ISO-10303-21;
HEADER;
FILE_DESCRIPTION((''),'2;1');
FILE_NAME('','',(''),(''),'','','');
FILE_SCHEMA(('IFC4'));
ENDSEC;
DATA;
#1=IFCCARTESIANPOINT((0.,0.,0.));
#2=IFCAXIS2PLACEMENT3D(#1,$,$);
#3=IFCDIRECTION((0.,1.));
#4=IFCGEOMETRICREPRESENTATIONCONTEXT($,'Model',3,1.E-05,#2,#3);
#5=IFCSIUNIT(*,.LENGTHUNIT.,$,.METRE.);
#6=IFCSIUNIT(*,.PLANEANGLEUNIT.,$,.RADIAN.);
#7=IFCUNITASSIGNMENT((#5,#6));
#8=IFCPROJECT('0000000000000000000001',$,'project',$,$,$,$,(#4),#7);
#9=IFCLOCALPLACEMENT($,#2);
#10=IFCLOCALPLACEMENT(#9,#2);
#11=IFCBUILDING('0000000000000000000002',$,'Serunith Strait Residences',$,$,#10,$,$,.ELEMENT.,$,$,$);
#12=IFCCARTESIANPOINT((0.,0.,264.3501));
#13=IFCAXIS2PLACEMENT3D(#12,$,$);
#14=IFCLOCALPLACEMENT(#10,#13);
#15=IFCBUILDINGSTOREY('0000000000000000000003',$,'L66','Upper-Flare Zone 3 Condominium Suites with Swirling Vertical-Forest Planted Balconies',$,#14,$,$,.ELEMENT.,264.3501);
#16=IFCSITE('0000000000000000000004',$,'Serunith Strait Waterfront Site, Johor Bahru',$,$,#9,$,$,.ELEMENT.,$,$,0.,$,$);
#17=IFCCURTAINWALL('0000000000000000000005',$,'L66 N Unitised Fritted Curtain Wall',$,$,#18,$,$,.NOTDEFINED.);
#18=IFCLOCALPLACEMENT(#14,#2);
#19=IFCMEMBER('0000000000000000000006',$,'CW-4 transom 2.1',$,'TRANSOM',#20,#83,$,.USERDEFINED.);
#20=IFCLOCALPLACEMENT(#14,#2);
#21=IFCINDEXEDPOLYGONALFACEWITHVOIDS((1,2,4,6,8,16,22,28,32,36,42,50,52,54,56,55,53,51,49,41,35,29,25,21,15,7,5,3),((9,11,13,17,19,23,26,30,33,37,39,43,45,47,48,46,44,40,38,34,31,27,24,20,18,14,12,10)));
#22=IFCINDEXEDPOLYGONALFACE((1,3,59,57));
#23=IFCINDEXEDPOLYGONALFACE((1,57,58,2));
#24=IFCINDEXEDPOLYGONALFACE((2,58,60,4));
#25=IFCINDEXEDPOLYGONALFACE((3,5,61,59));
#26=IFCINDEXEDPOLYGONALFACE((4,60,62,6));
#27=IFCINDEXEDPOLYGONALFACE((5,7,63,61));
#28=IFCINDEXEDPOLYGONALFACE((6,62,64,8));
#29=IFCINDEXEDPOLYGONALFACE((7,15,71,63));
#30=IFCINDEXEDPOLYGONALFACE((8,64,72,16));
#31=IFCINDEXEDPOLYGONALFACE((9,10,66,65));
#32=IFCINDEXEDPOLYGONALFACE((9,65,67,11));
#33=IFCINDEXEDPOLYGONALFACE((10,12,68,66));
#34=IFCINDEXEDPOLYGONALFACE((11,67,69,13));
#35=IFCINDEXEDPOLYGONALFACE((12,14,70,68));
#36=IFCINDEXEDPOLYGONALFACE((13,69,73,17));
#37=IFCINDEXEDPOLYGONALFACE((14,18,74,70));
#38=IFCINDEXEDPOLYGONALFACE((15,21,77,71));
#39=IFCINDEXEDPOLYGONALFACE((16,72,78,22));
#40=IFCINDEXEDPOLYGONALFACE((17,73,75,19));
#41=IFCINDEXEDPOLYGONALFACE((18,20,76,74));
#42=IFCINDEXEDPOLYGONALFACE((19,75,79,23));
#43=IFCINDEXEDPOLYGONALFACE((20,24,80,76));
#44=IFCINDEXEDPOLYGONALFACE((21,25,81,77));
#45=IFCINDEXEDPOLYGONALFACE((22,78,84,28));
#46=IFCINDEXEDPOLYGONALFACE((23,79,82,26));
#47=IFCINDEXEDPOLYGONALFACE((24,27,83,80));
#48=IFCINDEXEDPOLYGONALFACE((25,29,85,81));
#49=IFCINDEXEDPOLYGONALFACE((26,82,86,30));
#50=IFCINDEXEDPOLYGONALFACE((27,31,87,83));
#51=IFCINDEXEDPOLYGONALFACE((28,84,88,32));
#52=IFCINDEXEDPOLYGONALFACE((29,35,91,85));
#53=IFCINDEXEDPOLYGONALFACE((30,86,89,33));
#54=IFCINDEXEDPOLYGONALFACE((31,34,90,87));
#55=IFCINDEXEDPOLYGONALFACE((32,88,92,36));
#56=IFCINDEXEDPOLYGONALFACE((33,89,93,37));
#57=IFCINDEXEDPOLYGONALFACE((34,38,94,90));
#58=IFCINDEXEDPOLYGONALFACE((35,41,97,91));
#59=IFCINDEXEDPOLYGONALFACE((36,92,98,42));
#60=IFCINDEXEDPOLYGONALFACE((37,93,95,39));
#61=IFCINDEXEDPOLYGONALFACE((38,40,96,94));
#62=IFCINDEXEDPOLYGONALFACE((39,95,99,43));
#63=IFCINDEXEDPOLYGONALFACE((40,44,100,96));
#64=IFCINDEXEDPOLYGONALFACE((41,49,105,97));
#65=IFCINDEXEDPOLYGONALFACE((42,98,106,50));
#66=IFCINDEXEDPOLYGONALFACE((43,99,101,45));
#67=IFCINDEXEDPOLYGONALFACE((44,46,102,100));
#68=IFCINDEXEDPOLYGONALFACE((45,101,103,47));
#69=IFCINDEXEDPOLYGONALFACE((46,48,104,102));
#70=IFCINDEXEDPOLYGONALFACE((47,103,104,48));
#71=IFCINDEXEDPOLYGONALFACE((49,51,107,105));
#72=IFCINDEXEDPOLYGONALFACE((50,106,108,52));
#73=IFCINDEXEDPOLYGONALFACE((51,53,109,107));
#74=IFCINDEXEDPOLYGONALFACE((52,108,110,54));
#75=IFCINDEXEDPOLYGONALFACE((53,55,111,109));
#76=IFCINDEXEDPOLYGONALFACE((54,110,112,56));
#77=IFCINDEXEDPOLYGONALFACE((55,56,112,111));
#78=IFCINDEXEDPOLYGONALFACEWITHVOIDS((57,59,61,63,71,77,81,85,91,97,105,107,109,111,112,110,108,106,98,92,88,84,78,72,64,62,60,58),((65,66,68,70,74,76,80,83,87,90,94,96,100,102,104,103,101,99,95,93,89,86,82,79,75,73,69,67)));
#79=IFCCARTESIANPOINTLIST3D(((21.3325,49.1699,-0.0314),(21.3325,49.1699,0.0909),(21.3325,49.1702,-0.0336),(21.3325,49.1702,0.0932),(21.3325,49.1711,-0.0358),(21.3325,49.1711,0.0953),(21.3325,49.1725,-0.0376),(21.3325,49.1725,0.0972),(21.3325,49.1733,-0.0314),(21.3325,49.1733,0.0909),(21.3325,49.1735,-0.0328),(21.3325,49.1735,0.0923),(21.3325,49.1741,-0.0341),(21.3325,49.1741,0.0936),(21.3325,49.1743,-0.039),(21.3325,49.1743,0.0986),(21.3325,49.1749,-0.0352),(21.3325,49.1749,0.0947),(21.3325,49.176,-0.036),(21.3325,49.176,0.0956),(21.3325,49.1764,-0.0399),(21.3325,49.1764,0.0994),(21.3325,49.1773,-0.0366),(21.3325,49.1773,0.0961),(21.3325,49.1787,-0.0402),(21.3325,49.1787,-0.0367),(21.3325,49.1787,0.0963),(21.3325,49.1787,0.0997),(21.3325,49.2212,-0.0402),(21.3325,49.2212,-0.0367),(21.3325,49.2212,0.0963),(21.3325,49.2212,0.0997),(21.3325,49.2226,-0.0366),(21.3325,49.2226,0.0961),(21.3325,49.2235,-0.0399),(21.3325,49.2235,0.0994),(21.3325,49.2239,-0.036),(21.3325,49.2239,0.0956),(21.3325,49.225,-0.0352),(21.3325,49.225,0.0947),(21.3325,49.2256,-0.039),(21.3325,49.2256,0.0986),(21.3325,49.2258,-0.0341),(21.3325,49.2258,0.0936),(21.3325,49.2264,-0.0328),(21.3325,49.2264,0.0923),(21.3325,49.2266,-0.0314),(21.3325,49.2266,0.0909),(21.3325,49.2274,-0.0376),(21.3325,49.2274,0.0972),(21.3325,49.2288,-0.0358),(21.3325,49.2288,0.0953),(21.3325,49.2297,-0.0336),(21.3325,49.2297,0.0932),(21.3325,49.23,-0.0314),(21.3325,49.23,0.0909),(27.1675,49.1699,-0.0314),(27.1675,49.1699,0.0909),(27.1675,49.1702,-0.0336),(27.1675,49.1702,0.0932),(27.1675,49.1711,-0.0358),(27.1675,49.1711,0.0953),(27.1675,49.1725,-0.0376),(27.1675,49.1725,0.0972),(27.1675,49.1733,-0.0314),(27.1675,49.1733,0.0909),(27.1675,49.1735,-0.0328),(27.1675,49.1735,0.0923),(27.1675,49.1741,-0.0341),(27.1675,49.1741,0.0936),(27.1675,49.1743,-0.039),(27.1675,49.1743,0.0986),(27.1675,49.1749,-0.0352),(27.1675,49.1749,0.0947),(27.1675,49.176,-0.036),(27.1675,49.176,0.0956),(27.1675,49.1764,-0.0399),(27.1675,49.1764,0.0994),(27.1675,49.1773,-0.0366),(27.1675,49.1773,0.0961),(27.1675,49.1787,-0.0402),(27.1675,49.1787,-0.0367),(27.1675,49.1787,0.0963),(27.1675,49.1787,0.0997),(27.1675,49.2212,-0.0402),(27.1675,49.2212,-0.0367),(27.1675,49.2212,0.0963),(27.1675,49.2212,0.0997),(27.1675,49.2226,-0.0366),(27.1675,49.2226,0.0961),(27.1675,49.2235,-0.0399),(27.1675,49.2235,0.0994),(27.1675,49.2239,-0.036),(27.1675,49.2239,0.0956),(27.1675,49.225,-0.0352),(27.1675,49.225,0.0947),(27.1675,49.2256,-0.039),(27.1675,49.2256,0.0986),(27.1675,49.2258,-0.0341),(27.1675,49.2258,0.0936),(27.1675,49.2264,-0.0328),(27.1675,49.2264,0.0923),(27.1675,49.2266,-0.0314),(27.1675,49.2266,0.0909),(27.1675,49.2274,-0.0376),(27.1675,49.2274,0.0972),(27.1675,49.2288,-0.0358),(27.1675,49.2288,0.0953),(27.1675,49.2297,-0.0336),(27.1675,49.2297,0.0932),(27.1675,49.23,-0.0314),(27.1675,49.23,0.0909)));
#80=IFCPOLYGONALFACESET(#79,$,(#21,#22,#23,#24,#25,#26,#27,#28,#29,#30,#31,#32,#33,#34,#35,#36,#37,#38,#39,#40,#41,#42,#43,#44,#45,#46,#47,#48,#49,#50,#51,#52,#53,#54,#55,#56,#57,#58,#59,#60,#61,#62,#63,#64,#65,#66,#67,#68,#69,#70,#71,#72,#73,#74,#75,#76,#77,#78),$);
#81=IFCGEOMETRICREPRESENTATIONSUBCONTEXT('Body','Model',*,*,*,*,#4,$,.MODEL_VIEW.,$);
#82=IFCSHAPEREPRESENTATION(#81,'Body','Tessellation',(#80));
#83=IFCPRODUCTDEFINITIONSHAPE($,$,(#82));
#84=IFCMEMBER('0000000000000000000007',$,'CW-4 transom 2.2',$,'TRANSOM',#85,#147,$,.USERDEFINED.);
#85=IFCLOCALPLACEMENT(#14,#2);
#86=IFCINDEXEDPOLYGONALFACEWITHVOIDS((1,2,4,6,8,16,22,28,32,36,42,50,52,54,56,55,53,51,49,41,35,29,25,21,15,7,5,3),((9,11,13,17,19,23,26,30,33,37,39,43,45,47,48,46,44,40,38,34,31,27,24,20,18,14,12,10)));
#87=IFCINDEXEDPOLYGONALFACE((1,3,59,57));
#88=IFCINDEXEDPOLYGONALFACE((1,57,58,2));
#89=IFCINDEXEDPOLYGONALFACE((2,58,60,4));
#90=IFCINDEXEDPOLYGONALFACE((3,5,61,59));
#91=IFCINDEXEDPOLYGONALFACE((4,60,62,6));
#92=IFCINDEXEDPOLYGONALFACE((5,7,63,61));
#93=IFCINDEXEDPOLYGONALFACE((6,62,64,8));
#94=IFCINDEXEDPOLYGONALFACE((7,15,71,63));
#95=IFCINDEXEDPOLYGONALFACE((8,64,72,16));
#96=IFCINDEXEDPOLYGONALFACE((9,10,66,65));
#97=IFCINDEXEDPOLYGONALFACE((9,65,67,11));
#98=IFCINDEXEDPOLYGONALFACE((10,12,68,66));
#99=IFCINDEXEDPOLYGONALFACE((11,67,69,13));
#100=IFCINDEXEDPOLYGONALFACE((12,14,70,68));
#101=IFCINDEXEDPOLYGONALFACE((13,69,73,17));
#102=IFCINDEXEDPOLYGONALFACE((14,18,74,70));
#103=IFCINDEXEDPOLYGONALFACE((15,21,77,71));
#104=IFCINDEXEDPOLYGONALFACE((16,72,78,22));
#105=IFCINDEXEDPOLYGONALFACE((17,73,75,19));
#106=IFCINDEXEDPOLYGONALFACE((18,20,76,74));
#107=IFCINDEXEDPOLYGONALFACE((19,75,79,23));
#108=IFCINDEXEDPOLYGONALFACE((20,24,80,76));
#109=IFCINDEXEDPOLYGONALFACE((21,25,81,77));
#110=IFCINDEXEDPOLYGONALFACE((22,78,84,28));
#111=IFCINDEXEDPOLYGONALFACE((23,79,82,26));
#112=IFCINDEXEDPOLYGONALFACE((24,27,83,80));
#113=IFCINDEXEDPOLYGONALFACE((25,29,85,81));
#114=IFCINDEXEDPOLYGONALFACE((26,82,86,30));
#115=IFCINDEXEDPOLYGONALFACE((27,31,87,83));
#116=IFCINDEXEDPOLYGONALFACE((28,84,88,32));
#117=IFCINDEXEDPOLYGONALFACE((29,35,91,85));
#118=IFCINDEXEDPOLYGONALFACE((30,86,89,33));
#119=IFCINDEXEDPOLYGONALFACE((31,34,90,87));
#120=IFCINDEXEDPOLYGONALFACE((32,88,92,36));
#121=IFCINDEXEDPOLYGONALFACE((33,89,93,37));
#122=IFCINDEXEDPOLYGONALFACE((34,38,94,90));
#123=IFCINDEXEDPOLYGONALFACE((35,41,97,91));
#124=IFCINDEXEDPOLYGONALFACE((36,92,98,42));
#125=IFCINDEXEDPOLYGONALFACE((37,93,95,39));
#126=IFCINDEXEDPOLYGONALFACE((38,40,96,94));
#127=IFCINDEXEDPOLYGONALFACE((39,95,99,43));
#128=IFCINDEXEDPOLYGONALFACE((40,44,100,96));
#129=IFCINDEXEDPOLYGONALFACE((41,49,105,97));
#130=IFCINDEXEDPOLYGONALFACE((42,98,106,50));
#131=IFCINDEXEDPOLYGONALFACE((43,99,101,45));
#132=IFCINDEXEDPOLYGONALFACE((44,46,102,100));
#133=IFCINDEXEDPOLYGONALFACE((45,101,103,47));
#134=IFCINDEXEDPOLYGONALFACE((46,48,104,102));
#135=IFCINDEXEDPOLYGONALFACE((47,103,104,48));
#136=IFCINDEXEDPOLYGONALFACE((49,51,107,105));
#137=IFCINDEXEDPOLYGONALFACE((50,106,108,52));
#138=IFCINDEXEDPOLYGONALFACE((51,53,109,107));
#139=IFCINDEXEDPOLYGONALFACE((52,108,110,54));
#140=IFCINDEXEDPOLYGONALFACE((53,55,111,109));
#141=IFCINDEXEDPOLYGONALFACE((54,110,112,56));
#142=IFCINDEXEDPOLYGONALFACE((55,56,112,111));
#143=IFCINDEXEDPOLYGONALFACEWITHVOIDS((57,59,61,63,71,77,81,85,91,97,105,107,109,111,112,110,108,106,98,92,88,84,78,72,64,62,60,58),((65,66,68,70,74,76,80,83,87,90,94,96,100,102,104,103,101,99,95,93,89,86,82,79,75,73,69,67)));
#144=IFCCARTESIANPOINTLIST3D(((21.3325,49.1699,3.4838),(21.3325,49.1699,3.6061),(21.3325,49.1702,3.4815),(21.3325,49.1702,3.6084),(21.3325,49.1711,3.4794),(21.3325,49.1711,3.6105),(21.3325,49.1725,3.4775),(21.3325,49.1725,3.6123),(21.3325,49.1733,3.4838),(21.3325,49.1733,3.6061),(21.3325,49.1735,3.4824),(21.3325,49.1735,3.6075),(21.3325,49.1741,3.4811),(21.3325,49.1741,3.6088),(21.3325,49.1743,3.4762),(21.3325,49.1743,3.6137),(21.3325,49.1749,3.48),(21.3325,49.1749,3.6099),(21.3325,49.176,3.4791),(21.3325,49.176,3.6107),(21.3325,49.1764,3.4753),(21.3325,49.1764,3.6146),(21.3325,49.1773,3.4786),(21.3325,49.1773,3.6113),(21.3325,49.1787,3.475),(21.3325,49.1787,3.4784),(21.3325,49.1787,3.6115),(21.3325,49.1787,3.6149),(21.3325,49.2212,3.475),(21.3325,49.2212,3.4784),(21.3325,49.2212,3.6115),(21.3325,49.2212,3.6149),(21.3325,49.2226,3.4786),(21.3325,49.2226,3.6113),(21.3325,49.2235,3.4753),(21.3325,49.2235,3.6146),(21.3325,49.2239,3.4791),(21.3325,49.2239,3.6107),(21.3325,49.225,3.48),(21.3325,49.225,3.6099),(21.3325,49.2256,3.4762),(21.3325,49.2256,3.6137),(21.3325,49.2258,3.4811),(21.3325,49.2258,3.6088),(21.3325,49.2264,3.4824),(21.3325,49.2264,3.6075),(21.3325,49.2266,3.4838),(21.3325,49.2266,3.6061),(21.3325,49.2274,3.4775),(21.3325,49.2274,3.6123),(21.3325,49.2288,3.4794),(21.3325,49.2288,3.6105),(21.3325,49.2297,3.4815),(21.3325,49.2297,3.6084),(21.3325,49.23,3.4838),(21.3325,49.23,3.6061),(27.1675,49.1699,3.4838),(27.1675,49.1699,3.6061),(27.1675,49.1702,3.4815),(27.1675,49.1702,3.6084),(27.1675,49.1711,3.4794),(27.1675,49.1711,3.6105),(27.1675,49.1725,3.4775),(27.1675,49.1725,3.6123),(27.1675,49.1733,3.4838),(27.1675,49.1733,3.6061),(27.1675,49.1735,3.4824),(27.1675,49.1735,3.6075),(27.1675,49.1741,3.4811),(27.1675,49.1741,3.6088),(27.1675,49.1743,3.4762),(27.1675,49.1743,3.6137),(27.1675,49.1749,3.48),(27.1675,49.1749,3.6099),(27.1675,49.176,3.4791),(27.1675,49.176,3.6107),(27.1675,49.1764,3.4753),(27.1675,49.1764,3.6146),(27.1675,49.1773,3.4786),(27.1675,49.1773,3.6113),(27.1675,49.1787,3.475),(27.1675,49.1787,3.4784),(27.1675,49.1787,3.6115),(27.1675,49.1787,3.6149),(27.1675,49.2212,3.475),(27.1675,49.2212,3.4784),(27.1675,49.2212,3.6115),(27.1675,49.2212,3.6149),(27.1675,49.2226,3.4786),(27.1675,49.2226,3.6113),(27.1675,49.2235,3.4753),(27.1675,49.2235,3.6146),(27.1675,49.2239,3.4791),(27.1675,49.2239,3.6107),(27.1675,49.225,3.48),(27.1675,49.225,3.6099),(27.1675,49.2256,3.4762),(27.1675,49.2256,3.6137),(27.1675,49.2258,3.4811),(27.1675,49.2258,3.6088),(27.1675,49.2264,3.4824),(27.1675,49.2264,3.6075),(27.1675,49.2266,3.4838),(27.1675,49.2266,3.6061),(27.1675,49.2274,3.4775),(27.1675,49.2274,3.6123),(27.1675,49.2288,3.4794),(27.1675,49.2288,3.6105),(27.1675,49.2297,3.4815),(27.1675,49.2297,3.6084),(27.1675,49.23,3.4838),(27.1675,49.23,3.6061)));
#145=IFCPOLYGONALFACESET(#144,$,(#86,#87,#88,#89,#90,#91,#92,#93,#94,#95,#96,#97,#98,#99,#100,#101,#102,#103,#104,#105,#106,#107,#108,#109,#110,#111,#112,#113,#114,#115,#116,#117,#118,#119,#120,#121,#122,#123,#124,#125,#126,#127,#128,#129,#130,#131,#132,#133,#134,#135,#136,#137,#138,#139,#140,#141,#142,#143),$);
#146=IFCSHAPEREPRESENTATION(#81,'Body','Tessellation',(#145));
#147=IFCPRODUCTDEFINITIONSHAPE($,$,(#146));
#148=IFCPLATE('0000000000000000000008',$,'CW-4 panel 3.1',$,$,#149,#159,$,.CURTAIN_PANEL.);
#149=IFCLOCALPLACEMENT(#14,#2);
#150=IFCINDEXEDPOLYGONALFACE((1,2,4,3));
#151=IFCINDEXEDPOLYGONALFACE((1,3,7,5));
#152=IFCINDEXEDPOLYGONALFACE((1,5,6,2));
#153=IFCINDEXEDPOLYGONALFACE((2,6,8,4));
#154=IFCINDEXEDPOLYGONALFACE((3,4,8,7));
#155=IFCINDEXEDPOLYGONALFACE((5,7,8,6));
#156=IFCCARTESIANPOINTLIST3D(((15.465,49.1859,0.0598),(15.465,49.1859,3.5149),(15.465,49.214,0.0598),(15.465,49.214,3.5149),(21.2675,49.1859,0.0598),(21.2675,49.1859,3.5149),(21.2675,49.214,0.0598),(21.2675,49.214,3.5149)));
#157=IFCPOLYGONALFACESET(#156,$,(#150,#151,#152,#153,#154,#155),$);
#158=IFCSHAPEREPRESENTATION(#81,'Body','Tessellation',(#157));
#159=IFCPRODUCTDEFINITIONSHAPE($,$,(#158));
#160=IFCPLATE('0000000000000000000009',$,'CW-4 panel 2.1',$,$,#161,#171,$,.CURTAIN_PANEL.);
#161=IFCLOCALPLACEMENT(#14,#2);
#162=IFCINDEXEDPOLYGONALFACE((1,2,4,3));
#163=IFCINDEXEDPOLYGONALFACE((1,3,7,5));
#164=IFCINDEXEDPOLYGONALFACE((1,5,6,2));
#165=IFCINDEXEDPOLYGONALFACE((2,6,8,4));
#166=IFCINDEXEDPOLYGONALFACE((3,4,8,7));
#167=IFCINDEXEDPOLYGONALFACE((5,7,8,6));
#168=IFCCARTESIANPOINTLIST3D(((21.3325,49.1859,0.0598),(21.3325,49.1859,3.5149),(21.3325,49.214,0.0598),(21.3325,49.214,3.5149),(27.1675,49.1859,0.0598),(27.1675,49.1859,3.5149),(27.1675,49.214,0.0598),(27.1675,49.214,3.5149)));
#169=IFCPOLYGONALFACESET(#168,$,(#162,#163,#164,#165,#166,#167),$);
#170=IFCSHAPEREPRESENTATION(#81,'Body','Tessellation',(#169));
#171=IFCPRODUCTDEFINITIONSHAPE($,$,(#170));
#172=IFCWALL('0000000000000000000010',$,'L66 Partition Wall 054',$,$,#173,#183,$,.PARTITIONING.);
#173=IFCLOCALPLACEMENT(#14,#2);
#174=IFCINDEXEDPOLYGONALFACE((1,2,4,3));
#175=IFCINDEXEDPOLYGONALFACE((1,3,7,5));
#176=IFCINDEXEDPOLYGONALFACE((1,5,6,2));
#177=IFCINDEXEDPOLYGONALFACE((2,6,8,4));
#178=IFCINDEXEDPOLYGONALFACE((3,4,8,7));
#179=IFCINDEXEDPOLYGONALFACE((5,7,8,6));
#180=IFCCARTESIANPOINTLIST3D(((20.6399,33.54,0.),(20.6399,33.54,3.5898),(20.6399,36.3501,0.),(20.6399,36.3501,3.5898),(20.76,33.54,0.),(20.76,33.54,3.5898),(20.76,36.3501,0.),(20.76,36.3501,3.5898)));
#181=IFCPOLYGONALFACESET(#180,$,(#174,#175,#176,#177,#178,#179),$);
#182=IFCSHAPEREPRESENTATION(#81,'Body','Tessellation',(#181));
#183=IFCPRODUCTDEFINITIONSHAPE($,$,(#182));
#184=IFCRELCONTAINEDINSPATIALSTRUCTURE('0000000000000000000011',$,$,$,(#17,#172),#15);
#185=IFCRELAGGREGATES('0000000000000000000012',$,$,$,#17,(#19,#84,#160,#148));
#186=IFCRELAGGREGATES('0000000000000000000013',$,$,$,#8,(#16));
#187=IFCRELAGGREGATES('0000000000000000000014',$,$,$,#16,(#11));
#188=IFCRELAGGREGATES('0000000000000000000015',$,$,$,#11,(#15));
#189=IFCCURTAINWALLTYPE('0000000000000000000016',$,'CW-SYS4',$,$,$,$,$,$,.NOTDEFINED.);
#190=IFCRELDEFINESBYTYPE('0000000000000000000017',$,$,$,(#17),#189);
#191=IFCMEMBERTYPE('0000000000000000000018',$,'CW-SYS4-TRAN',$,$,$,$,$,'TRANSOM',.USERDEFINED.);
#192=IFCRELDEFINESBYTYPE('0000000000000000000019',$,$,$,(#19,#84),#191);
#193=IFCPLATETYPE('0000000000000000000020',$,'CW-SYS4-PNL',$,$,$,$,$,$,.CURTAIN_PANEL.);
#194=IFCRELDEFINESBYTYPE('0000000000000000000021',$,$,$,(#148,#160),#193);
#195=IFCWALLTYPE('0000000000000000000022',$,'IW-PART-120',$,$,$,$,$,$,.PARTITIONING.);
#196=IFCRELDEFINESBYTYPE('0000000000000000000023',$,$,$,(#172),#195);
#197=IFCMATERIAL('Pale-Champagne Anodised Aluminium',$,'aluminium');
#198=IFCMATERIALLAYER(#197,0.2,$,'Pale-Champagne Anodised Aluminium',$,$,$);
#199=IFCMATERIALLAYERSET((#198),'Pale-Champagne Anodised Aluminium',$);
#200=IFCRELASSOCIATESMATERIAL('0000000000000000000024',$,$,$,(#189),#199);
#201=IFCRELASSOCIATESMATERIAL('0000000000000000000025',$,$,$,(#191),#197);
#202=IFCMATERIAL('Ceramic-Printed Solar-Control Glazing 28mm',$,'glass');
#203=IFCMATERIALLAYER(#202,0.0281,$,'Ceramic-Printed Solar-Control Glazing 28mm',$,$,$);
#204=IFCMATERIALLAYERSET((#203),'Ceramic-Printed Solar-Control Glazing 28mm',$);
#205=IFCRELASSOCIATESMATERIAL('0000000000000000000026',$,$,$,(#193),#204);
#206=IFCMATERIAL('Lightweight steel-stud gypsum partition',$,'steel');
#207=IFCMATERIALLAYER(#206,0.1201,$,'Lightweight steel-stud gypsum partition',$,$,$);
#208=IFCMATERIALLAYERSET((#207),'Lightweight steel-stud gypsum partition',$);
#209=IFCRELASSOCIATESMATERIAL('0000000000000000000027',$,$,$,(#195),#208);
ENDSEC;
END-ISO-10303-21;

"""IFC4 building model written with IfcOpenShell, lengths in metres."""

from ifc_helpers import new_model, si_unit, direction, frame, frame_2d, origin, origin_2d, place, context, subcontext, project, spatial, rectangle, hollow_rectangle, extrude, source, transform, mapped, material, layer, layer_set, material_profile, profile_set, type_object, element, aggregate, save


model = new_model("IFC4")

# Units and contexts
model_context = context("Model", 3, precision=1e-05, world=origin(), true_north=direction((0.0, 1.0)))
body_context = subcontext(model_context, "Body", "Model", "MODEL_VIEW")
ifc_project = project(units=[si_unit("LENGTHUNIT", "METRE"), si_unit("PLANEANGLEUNIT", "RADIAN")], contexts=[model_context])

# Site, building, storey
site_placement = place(None, origin())
site = spatial("IfcSite", under=ifc_project, at=site_placement, Name="Serunith Strait Waterfront Site, Johor Bahru", CompositionType="ELEMENT", RefElevation=0.0)
building_placement = place(site_placement, origin())
building = spatial("IfcBuilding", under=site, at=building_placement, Name="Serunith Strait Residences", CompositionType="ELEMENT")
storey_placement = place(building_placement, frame((0.0, 0.0, 264.3501)))
storey = spatial("IfcBuildingStorey", under=building, at=storey_placement, Name="L66", Description="Upper-Flare Zone 3 Condominium Suites with Swirling Vertical-Forest Planted Balconies", CompositionType="ELEMENT", Elevation=264.3501)

# Curtain wall, members, plates
ifc_material_1 = material(Name="Pale-Champagne Anodised Aluminium", Category="aluminium")
ifc_layer_1 = layer(ifc_material_1, 0.2, Name="Pale-Champagne Anodised Aluminium")
ifc_layer_set_1 = layer_set([ifc_layer_1], Name="Pale-Champagne Anodised Aluminium")
curtain_wall_type = type_object("IfcCurtainWallType", Name="CW-SYS4", PredefinedType="NOTDEFINED", material=ifc_layer_set_1)
curtain_wall_placement = place(storey_placement, origin())
curtain_wall = element("IfcCurtainWall", 1, at=curtain_wall_placement, inside=storey, type_object=curtain_wall_type, Name="L66 N Unitised Fritted Curtain Wall", PredefinedType="NOTDEFINED")
ifc_material_profile_1 = material_profile(ifc_material_1, hollow_rectangle(XDim=0.0601, YDim=0.1399, WallThickness=0.0034, InnerFilletRadius=0.0054, OuterFilletRadius=0.0088, at=origin_2d()), Name="ALU 140x60x3.5")
ifc_profile_set_1 = profile_set([ifc_material_profile_1], Name="Pale-Champagne Anodised Aluminium")
member_type_1 = type_object("IfcMemberType", Name="CW-SYS4-TRAN", ElementType="TRANSOM", PredefinedType="USERDEFINED", material=ifc_profile_set_1)
shared_shape_1 = source(origin(), body_context, "Body", "SweptSolid", [
    extrude(hollow_rectangle(XDim=0.0601, YDim=0.1399, WallThickness=0.0034, InnerFilletRadius=0.0054, OuterFilletRadius=0.0088, at=origin_2d()), origin(), (0.0, 0.0, 1.0), 5.835),
])
member_1_placement = place(storey_placement, frame((27.1675, 49.2, 0.0298), z_axis=(-1.0, 0.0, 0.0), x_axis=(0.0, -1.0, 0.0)))
member_1 = element("IfcMember", 2, at=member_1_placement, type_object=member_type_1, Name="CW-4 transom 2.1", ObjectType="TRANSOM", PredefinedType="USERDEFINED", context=body_context, shape_type="MappedRepresentation", body=[
    mapped(shared_shape_1, transform((0.0, 0.0, 0.0), scale=1.0)),
])
member_2_placement = place(storey_placement, frame((27.1675, 49.2, 3.5449), z_axis=(-1.0, 0.0, 0.0), x_axis=(0.0, -1.0, 0.0)))
member_2 = element("IfcMember", 3, at=member_2_placement, type_object=member_type_1, Name="CW-4 transom 2.2", ObjectType="TRANSOM", PredefinedType="USERDEFINED", context=body_context, shape_type="MappedRepresentation", body=[
    mapped(shared_shape_1, transform((0.0, 0.0, 0.0), scale=1.0)),
])
ifc_material_2 = material(Name="Ceramic-Printed Solar-Control Glazing 28mm", Category="glass")
ifc_layer_2 = layer(ifc_material_2, 0.0281, Name="Ceramic-Printed Solar-Control Glazing 28mm")
ifc_layer_set_2 = layer_set([ifc_layer_2], Name="Ceramic-Printed Solar-Control Glazing 28mm")
plate_type = type_object("IfcPlateType", Name="CW-SYS4-PNL", PredefinedType="CURTAIN_PANEL", material=ifc_layer_set_2)
shared_shape_2 = source(origin(), body_context, "Body", "SweptSolid", [
    extrude(rectangle(XDim=5.8025, YDim=0.0281, at=origin_2d()), origin(), (0.0, 0.0, 1.0), 3.4551),
])
plate_1_placement = place(storey_placement, frame((18.3662, 49.2, 0.0598), z_axis=(0.0, 0.0, 1.0), x_axis=(-1.0, 0.0, 0.0)))
plate_1 = element("IfcPlate", 4, at=plate_1_placement, type_object=plate_type, Name="CW-4 panel 3.1", PredefinedType="CURTAIN_PANEL", context=body_context, shape_type="MappedRepresentation", body=[
    mapped(shared_shape_2, transform((0.0, 0.0, 0.0), scale=1.0)),
])
shared_shape_3 = source(origin(), body_context, "Body", "SweptSolid", [
    extrude(rectangle(XDim=5.835, YDim=0.0281, at=origin_2d()), origin(), (0.0, 0.0, 1.0), 3.4551),
])
plate_2_placement = place(storey_placement, frame((24.25, 49.2, 0.0598), z_axis=(0.0, 0.0, 1.0), x_axis=(-1.0, 0.0, 0.0)))
plate_2 = element("IfcPlate", 5, at=plate_2_placement, type_object=plate_type, Name="CW-4 panel 2.1", PredefinedType="CURTAIN_PANEL", context=body_context, shape_type="MappedRepresentation", body=[
    mapped(shared_shape_3, transform((0.0, 0.0, 0.0), scale=1.0)),
])
aggregate(curtain_wall, [member_1, member_2, plate_2, plate_1])

# Wall
ifc_material_3 = material(Name="Lightweight steel-stud gypsum partition", Category="steel")
ifc_layer_3 = layer(ifc_material_3, 0.1201, Name="Lightweight steel-stud gypsum partition")
ifc_layer_set_3 = layer_set([ifc_layer_3], Name="Lightweight steel-stud gypsum partition")
wall_type = type_object("IfcWallType", Name="IW-PART-120", PredefinedType="PARTITIONING", material=ifc_layer_set_3)
wall_1_placement = place(storey_placement, frame((20.7, 36.3501, 0.0), z_axis=(0.0, 0.0, 1.0), x_axis=(0.0, -1.0, 0.0)))
element("IfcWall", 6, at=wall_1_placement, inside=storey, type_object=wall_type, Name="L66 Partition Wall 054", PredefinedType="PARTITIONING", context=body_context, shape_type="SweptSolid", body=[
    extrude(rectangle(XDim=2.8101, YDim=0.1201, at=frame_2d((1.405, 0.0))), origin(), (0.0, 0.0, 1.0), 3.5898),
])

save(model, "model.ifc")
